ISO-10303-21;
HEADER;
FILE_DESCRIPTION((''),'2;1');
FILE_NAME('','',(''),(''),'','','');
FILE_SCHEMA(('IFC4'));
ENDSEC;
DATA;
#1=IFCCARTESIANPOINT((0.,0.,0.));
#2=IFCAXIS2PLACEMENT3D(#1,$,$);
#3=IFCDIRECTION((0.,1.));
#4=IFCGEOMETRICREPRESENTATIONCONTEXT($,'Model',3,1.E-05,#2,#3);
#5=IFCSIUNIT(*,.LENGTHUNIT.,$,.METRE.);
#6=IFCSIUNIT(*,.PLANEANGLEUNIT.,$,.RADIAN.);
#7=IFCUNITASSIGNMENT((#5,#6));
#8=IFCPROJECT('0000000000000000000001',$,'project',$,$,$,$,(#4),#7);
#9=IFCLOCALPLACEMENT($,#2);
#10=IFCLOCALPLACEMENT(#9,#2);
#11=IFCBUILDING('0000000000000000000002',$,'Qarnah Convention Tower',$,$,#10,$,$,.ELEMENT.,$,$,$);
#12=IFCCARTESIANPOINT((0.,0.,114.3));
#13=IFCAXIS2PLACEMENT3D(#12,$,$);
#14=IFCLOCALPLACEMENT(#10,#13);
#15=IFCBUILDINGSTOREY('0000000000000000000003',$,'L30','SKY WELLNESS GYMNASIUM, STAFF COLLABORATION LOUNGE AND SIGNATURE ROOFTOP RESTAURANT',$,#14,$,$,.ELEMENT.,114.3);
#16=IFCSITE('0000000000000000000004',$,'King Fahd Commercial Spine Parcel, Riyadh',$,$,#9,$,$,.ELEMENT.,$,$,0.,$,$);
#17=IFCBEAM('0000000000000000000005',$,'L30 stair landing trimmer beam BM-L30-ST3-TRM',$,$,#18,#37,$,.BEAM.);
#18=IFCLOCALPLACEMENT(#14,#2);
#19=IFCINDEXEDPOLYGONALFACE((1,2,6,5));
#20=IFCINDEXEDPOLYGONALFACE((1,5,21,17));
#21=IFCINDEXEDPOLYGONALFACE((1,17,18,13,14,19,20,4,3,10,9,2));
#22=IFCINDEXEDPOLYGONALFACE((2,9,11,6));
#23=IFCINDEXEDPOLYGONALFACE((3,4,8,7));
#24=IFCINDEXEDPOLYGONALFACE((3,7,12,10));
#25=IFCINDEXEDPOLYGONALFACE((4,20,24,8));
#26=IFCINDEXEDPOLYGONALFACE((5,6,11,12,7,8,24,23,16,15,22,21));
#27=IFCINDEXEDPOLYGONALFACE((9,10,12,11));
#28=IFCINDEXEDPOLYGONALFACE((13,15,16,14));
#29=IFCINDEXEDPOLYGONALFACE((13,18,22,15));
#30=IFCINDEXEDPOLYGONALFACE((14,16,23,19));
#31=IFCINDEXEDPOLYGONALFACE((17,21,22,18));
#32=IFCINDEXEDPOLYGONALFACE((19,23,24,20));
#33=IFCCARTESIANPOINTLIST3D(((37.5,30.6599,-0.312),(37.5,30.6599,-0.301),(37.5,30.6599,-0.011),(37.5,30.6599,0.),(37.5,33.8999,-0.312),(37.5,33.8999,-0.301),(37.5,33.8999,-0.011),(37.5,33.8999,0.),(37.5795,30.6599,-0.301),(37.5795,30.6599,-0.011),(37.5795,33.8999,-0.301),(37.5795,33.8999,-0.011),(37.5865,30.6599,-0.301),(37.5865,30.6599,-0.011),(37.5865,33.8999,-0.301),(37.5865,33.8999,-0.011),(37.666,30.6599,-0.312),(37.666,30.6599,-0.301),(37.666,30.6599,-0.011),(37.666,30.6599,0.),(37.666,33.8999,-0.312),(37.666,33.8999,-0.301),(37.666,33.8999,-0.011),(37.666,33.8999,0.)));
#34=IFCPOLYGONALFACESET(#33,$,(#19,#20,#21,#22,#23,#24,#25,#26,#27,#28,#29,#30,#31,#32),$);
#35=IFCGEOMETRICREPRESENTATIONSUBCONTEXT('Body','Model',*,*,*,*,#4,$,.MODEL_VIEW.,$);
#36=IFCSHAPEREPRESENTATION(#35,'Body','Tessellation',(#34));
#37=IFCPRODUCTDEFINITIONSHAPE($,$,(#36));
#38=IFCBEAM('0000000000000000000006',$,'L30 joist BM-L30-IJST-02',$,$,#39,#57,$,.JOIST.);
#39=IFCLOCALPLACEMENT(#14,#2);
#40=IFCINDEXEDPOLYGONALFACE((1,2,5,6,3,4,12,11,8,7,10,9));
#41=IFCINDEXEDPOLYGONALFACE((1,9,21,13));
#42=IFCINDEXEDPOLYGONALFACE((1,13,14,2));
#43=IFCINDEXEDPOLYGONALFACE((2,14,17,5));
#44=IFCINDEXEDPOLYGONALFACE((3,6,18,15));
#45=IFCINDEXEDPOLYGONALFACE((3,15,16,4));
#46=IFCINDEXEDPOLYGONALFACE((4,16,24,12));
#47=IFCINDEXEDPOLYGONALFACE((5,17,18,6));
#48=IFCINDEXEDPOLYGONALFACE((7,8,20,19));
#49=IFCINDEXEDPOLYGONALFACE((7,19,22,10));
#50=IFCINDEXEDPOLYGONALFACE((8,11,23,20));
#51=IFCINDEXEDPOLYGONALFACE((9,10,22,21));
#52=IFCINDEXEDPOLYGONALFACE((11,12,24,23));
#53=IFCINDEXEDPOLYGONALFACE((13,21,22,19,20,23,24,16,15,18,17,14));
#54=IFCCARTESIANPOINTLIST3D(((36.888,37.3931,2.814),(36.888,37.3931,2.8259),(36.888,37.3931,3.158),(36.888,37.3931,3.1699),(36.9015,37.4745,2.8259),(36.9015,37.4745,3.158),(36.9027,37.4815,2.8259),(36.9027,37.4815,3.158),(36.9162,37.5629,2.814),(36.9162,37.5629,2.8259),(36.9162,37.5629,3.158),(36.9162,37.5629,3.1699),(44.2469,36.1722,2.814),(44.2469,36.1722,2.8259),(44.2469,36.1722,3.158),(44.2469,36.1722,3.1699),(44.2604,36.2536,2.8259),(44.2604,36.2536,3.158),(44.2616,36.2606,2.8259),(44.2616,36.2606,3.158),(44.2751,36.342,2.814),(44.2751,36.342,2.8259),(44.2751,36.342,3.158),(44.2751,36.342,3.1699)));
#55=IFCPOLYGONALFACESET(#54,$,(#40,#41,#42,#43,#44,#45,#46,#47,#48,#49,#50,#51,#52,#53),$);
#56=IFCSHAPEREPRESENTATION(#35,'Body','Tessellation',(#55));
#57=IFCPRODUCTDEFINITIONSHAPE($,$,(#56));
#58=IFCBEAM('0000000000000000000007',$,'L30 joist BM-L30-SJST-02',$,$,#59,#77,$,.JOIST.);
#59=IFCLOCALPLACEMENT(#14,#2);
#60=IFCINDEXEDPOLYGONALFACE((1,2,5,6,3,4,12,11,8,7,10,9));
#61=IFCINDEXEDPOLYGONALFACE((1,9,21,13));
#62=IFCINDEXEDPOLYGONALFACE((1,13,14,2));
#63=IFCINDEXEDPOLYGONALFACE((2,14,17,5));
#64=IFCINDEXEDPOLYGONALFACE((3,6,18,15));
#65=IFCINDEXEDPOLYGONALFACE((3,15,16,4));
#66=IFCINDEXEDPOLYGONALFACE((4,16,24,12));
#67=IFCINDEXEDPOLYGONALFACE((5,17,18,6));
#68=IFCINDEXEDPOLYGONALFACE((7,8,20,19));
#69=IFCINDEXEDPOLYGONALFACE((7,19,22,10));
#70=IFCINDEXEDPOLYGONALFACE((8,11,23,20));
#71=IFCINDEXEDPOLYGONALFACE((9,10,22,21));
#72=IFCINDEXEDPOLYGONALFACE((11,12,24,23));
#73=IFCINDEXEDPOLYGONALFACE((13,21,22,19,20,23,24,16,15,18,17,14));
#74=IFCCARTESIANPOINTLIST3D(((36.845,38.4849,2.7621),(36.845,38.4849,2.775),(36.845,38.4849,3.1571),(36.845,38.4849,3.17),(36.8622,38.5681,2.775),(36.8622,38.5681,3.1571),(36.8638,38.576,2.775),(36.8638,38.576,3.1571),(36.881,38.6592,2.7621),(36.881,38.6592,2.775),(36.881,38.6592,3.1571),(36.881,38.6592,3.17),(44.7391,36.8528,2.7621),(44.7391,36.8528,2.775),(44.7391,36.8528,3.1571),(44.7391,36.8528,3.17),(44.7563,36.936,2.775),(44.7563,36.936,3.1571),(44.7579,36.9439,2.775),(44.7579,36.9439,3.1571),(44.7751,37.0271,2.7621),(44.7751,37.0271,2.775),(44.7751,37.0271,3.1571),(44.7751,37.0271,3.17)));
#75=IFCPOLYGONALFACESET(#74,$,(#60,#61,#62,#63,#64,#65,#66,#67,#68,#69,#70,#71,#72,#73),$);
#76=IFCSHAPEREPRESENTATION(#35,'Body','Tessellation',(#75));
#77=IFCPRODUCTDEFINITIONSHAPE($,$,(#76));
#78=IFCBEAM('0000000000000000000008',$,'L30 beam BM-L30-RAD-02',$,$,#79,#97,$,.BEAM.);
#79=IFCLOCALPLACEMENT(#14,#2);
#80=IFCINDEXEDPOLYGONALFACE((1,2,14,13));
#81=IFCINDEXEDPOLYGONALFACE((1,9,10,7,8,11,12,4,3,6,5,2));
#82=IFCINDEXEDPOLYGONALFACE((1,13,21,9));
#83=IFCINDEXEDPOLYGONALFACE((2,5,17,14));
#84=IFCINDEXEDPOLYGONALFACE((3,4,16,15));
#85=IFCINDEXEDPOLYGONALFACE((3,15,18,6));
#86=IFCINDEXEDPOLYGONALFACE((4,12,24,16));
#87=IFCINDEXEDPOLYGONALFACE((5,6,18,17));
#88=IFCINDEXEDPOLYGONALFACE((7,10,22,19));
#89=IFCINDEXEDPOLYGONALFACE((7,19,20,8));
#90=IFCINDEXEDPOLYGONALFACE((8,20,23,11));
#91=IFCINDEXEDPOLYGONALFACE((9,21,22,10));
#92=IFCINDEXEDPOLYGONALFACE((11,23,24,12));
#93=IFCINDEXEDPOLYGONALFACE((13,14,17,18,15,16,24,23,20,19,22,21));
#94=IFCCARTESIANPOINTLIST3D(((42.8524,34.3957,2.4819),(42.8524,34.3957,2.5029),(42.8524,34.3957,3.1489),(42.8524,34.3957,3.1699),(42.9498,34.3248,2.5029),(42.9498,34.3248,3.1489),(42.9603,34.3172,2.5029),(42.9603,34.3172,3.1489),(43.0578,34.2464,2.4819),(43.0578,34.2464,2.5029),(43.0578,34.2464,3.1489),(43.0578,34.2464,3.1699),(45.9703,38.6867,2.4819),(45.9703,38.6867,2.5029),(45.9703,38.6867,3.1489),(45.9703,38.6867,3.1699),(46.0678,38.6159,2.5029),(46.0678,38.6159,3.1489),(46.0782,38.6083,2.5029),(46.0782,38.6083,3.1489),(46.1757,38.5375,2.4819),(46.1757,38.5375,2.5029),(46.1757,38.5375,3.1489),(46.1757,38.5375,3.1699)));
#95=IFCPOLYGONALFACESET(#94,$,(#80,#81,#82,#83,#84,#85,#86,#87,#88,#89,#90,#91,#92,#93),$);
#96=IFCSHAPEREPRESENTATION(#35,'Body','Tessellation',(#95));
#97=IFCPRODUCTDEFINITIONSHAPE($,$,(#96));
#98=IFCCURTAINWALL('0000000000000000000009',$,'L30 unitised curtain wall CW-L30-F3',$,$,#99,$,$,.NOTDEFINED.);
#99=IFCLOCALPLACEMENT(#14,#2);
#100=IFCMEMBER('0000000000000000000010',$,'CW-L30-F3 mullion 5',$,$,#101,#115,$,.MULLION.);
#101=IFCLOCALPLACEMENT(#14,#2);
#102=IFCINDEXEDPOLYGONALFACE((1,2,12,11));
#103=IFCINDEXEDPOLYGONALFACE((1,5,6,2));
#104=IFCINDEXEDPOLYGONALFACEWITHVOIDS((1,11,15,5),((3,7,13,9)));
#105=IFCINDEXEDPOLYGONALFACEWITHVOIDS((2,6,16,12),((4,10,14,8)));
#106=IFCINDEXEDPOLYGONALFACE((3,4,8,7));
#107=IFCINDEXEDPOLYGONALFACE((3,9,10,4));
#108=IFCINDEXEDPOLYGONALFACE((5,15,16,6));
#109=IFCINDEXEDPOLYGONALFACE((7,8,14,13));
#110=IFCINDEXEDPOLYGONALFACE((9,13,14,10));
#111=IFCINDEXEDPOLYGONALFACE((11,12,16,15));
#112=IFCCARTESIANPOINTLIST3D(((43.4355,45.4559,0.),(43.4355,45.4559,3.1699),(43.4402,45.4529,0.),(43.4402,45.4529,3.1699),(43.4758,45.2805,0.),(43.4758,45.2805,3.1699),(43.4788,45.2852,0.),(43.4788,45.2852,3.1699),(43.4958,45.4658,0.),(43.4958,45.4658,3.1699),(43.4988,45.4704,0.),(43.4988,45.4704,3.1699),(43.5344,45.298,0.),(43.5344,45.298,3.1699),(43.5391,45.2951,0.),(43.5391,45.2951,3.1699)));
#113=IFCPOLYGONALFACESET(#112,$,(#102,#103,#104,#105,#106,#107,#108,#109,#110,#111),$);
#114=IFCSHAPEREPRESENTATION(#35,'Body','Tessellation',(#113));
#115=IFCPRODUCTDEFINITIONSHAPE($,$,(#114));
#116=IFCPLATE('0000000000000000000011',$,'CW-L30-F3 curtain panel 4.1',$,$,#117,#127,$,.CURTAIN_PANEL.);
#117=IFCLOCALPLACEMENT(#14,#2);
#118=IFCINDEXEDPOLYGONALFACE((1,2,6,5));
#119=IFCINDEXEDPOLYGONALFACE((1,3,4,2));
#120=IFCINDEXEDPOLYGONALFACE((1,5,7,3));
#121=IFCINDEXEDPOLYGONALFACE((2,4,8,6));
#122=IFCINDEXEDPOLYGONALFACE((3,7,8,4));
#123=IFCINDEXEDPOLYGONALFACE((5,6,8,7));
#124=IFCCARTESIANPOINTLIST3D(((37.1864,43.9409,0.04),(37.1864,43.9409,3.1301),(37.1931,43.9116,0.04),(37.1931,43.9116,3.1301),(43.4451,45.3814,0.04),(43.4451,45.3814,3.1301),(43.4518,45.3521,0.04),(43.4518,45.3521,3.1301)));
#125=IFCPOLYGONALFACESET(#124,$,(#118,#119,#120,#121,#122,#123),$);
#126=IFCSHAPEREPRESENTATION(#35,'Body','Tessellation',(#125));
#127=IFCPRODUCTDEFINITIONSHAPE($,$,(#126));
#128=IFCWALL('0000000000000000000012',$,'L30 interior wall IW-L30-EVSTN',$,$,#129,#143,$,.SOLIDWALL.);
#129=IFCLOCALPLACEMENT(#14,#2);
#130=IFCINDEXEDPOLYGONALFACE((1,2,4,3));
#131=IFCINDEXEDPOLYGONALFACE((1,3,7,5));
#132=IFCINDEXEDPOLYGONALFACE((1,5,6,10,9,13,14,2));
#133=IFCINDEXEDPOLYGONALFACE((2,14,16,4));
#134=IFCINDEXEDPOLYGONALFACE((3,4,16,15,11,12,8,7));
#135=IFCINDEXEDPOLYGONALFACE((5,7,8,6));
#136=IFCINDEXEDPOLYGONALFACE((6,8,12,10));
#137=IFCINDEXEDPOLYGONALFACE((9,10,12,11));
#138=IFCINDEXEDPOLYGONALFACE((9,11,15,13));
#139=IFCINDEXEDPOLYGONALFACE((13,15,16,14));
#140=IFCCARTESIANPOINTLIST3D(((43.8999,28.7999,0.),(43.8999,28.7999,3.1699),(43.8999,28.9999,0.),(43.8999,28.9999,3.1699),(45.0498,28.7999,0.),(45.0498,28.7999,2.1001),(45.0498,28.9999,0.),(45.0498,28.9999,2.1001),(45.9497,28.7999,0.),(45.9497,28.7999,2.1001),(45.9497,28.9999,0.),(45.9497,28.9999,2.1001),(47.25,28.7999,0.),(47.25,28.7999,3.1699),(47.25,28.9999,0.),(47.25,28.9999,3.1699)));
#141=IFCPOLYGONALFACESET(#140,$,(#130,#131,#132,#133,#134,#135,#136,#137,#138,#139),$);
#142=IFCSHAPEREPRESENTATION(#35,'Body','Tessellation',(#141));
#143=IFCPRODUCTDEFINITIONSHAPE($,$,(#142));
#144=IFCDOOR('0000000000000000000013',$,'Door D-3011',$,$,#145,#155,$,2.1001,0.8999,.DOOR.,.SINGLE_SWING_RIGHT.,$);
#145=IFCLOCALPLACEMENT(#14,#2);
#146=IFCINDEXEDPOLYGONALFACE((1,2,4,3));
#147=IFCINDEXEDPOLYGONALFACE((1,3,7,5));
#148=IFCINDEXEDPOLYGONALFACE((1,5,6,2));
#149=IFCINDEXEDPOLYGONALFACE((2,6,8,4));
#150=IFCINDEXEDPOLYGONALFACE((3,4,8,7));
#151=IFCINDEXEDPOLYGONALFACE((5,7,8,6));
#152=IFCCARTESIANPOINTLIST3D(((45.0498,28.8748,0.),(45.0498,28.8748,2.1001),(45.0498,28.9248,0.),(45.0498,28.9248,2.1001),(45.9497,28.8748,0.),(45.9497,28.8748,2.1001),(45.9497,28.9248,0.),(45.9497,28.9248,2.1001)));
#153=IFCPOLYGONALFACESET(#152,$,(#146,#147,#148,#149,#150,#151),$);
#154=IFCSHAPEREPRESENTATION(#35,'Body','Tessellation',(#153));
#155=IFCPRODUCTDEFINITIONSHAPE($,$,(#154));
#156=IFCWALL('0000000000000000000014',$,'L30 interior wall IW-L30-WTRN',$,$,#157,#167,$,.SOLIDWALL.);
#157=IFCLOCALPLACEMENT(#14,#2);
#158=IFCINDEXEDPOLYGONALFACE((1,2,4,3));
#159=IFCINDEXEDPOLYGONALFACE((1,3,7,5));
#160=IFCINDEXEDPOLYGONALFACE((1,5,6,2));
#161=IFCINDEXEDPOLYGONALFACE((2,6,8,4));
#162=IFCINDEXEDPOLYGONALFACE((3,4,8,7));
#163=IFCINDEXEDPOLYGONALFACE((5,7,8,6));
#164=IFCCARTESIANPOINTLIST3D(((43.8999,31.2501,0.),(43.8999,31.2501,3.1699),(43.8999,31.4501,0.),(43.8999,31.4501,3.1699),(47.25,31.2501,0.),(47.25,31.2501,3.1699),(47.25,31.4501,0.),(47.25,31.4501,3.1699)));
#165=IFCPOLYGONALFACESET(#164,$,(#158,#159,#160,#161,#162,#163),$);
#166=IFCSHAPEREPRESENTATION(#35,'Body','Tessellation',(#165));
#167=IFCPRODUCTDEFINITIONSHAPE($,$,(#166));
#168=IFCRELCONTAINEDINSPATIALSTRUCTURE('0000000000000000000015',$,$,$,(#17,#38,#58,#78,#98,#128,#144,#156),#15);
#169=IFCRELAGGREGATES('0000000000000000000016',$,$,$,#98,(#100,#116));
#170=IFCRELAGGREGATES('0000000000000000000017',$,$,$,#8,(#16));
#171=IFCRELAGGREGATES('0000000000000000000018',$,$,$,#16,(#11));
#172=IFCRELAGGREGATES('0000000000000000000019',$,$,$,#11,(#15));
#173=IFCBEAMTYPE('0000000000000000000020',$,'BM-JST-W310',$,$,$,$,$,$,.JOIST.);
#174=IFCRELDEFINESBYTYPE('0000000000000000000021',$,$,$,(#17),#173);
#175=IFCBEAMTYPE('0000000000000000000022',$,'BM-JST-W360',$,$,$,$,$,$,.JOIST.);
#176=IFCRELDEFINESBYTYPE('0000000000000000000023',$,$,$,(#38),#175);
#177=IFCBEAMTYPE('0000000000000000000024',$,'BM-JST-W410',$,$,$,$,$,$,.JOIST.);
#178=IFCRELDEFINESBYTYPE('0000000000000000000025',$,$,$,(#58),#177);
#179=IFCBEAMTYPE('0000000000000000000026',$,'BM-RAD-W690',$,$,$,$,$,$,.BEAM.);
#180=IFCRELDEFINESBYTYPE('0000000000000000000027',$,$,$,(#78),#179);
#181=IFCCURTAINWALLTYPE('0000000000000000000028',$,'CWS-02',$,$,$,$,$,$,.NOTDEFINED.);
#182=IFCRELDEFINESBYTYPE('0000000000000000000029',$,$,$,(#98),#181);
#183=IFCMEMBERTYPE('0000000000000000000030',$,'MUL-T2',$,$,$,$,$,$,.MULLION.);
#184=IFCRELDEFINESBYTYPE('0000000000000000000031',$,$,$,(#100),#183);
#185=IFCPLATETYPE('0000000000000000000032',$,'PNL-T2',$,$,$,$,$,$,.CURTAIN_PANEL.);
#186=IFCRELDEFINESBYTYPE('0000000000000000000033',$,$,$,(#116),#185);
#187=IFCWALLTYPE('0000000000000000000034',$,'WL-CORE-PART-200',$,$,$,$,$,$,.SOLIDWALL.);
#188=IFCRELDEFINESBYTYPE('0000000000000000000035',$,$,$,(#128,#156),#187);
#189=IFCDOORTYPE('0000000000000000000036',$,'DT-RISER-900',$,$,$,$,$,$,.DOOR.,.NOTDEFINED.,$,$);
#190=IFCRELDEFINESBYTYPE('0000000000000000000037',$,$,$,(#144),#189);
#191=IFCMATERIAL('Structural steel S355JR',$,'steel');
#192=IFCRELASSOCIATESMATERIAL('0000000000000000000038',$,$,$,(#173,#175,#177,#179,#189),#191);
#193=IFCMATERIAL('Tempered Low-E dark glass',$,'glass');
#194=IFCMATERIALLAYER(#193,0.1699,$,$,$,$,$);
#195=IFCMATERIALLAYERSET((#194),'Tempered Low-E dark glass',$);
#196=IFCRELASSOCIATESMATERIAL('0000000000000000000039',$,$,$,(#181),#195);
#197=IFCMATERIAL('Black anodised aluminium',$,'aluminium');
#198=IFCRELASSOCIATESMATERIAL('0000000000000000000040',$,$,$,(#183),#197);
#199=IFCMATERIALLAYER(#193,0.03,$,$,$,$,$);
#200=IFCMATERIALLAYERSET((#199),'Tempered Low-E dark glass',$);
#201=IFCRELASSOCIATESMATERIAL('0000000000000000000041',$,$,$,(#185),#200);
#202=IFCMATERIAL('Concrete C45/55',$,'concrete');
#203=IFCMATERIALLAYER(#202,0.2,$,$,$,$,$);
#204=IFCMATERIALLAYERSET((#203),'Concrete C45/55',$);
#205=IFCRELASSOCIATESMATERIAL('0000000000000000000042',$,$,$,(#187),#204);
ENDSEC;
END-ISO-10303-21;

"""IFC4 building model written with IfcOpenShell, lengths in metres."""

from ifc_helpers import new_model, si_unit, direction, frame, frame_2d, origin, origin_2d, place, context, subcontext, project, spatial, rectangle, hollow_rectangle, i_section, extrude, material, layer, layer_set, material_profile, profile_set, type_object, element, fill, aggregate, save


model = new_model("IFC4")

# Units and contexts
model_context = context("Model", 3, precision=1e-05, world=origin(), true_north=direction((0.0, 1.0)))
body_context = subcontext(model_context, "Body", "Model", "MODEL_VIEW")
ifc_project = project(units=[si_unit("LENGTHUNIT", "METRE"), si_unit("PLANEANGLEUNIT", "RADIAN")], contexts=[model_context])

# Site, building, storey
site_placement = place(None, origin())
site = spatial("IfcSite", under=ifc_project, at=site_placement, Name="King Fahd Commercial Spine Parcel, Riyadh", CompositionType="ELEMENT", RefElevation=0.0)
building_placement = place(site_placement, origin())
building = spatial("IfcBuilding", under=site, at=building_placement, Name="Qarnah Convention Tower", CompositionType="ELEMENT")
storey_placement = place(building_placement, frame((0.0, 0.0, 114.3)))
storey = spatial("IfcBuildingStorey", under=building, at=storey_placement, Name="L30", Description="SKY WELLNESS GYMNASIUM, STAFF COLLABORATION LOUNGE AND SIGNATURE ROOFTOP RESTAURANT", CompositionType="ELEMENT", Elevation=114.3)

# Beams
ifc_material_1 = material(Name="Structural steel S355JR", Category="steel")
ifc_material_profile_1 = material_profile(ifc_material_1, i_section(OverallWidth=0.166, OverallDepth=0.312, WebThickness=0.0071, FlangeThickness=0.011, at=origin_2d()), Name="W310X45")
ifc_profile_set_1 = profile_set([ifc_material_profile_1], Name="Structural steel S355JR")
beam_type_1 = type_object("IfcBeamType", Name="BM-JST-W310", PredefinedType="JOIST", material=ifc_profile_set_1)
beam_1_placement = place(storey_placement, frame((37.583, 30.6599, -0.156), z_axis=(0.0, 1.0, 0.0), x_axis=(-1.0, 0.0, 0.0)))
element("IfcBeam", 1, at=beam_1_placement, inside=storey, type_object=beam_type_1, Name="L30 stair landing trimmer beam BM-L30-ST3-TRM", PredefinedType="BEAM", context=body_context, shape_type="SweptSolid", body=[
    extrude(i_section(OverallWidth=0.166, OverallDepth=0.312, WebThickness=0.0071, FlangeThickness=0.011, at=origin_2d()), origin(), (0.0, 0.0, 1.0), 3.24),
])
ifc_material_profile_2 = material_profile(ifc_material_1, i_section(OverallWidth=0.1721, OverallDepth=0.356, WebThickness=0.0071, FlangeThickness=0.012, at=origin_2d()), Name="W360X51")
ifc_profile_set_2 = profile_set([ifc_material_profile_2], Name="Structural steel S355JR")
beam_type_2 = type_object("IfcBeamType", Name="BM-JST-W360", PredefinedType="JOIST", material=ifc_profile_set_2)
beam_2_placement = place(storey_placement, frame((44.261, 36.2571, 2.9919), z_axis=(-0.986514, 0.163677, 0.0), x_axis=(-0.163677, -0.986514, 0.0)))
element("IfcBeam", 2, at=beam_2_placement, inside=storey, type_object=beam_type_2, Name="L30 joist BM-L30-IJST-02", PredefinedType="JOIST", context=body_context, shape_type="SweptSolid", body=[
    extrude(i_section(OverallWidth=0.1721, OverallDepth=0.356, WebThickness=0.0071, FlangeThickness=0.012, at=origin_2d()), origin(), (0.0, 0.0, 1.0), 7.4595),
])
ifc_material_profile_3 = material_profile(ifc_material_1, i_section(OverallWidth=0.178, OverallDepth=0.408, WebThickness=0.0081, FlangeThickness=0.0129, at=origin_2d()), Name="W410X60")
ifc_profile_set_3 = profile_set([ifc_material_profile_3], Name="Structural steel S355JR")
beam_type_3 = type_object("IfcBeamType", Name="BM-JST-W410", PredefinedType="JOIST", material=ifc_profile_set_3)
beam_3_placement = place(storey_placement, frame((44.7571, 36.9399, 2.9661), z_axis=(-0.979289, 0.202466, 0.0), x_axis=(-0.202466, -0.979289, 0.0)))
element("IfcBeam", 3, at=beam_3_placement, inside=storey, type_object=beam_type_3, Name="L30 joist BM-L30-SJST-02", PredefinedType="JOIST", context=body_context, shape_type="SweptSolid", body=[
    extrude(i_section(OverallWidth=0.178, OverallDepth=0.408, WebThickness=0.0081, FlangeThickness=0.0129, at=origin_2d()), origin(), (0.0, 0.0, 1.0), 8.061),
])
ifc_material_profile_4 = material_profile(ifc_material_1, i_section(OverallWidth=0.2539, OverallDepth=0.688, WebThickness=0.0129, FlangeThickness=0.021, at=origin_2d()), Name="W690X152")
ifc_profile_set_4 = profile_set([ifc_material_profile_4], Name="Structural steel S355JR")
beam_type_4 = type_object("IfcBeamType", Name="BM-RAD-W690", PredefinedType="BEAM", material=ifc_profile_set_4)
beam_4_placement = place(storey_placement, frame((42.9551, 34.321, 2.8259), z_axis=(0.587824, 0.808989, 0.0), x_axis=(-0.808989, 0.587824, 0.0)))
element("IfcBeam", 4, at=beam_4_placement, inside=storey, type_object=beam_type_4, Name="L30 beam BM-L30-RAD-02", PredefinedType="BEAM", context=body_context, shape_type="SweptSolid", body=[
    extrude(i_section(OverallWidth=0.2539, OverallDepth=0.688, WebThickness=0.0129, FlangeThickness=0.021, at=origin_2d()), origin(), (0.0, 0.0, 1.0), 5.3042),
])

# Curtain wall, member, plate
ifc_material_2 = material(Name="Tempered Low-E dark glass", Category="glass")
ifc_layer_1 = layer(ifc_material_2, 0.1699)
ifc_layer_set_1 = layer_set([ifc_layer_1], Name="Tempered Low-E dark glass")
curtain_wall_type = type_object("IfcCurtainWallType", Name="CWS-02", PredefinedType="NOTDEFINED", material=ifc_layer_set_1)
curtain_wall_placement = place(storey_placement, origin())
curtain_wall = element("IfcCurtainWall", 5, at=curtain_wall_placement, inside=storey, type_object=curtain_wall_type, Name="L30 unitised curtain wall CW-L30-F3", PredefinedType="NOTDEFINED")
ifc_material_3 = material(Name="Black anodised aluminium", Category="aluminium")
ifc_material_profile_5 = material_profile(ifc_material_3, hollow_rectangle(XDim=0.0649, YDim=0.1799, WallThickness=0.0039, at=origin_2d()), Name="MUL-65X180")
ifc_profile_set_5 = profile_set([ifc_material_profile_5], Name="Black anodised aluminium")
member_type = type_object("IfcMemberType", Name="MUL-T2", PredefinedType="MULLION", material=ifc_profile_set_5)
member_placement = place(storey_placement, frame((43.4873, 45.3755, 0.0), z_axis=(0.0, 0.0, 1.0), x_axis=(0.974522, 0.224291, 0.0)))
member = element("IfcMember", 6, at=member_placement, type_object=member_type, Name="CW-L30-F3 mullion 5", PredefinedType="MULLION", context=body_context, shape_type="SweptSolid", body=[
    extrude(hollow_rectangle(XDim=0.0649, YDim=0.1799, WallThickness=0.0039, at=origin_2d()), origin(), (0.0, 0.0, 1.0), 3.1699),
])
ifc_layer_2 = layer(ifc_material_2, 0.03)
ifc_layer_set_2 = layer_set([ifc_layer_2], Name="Tempered Low-E dark glass")
plate_type = type_object("IfcPlateType", Name="PNL-T2", PredefinedType="CURTAIN_PANEL", material=ifc_layer_set_2)
plate_placement = place(storey_placement, frame((40.3191, 44.6465, 0.04), z_axis=(0.0, 0.0, 1.0), x_axis=(0.974522, 0.224291, 0.0)))
plate = element("IfcPlate", 7, at=plate_placement, type_object=plate_type, Name="CW-L30-F3 curtain panel 4.1", PredefinedType="CURTAIN_PANEL", context=body_context, shape_type="SweptSolid", body=[
    extrude(rectangle(XDim=6.4224, YDim=0.03, at=origin_2d()), origin(), (0.0, 0.0, 1.0), 3.0901),
])
aggregate(curtain_wall, [member, plate])

# Wall, opening, door
ifc_material_4 = material(Name="Concrete C45/55", Category="concrete")
ifc_layer_3 = layer(ifc_material_4, 0.2)
ifc_layer_set_3 = layer_set([ifc_layer_3], Name="Concrete C45/55")
wall_type_1 = type_object("IfcWallType", Name="WL-CORE-PART-200", PredefinedType="SOLIDWALL", material=ifc_layer_set_3)
wall_1_placement = place(storey_placement, frame((43.8999, 28.8999, 0.0), z_axis=(0.0, 0.0, 1.0), x_axis=(1.0, 0.0, 0.0)))
wall_1 = element("IfcWall", 8, at=wall_1_placement, inside=storey, type_object=wall_type_1, Name="L30 interior wall IW-L30-EVSTN", PredefinedType="SOLIDWALL", context=body_context, shape_type="SweptSolid", body=[
    extrude(rectangle(XDim=3.3501, YDim=0.2, at=frame_2d((1.675, 0.0))), origin(), (0.0, 0.0, 1.0), 3.1699),
])
opening_1_placement = place(wall_1_placement, frame((1.1499, 0.0, 0.0)))
opening_1 = element("IfcOpeningElement", 9, at=opening_1_placement, cuts=wall_1, PredefinedType="OPENING", context=body_context, shape_type="SweptSolid", body=[
    extrude(rectangle(XDim=0.8999, YDim=2.1001, at=frame_2d((0.45, 1.05))), frame((0.0, 0.1099, 0.0), z_axis=(0.0, -1.0, 0.0), x_axis=(1.0, 0.0, 0.0)), (0.0, 0.0, 1.0), 0.22),
])
door_type_1 = type_object("IfcDoorType", Name="DT-RISER-900", OperationType="NOTDEFINED", PredefinedType="DOOR", material=ifc_material_1)
door_1_placement = place(opening_1_placement, origin())
door_1 = element("IfcDoor", 10, at=door_1_placement, inside=storey, type_object=door_type_1, Name="Door D-3011", OperationType="SINGLE_SWING_RIGHT", OverallHeight=2.1001, OverallWidth=0.8999, PredefinedType="DOOR", context=body_context, shape_type="SweptSolid", body=[
    extrude(rectangle(XDim=0.8999, YDim=2.1001, at=frame_2d((0.45, 1.05))), frame((0.0, 0.0249, 0.0), z_axis=(0.0, -1.0, 0.0), x_axis=(1.0, 0.0, 0.0)), (0.0, 0.0, 1.0), 0.05),
])
fill(opening_1, door_1)

# Wall
wall_2_placement = place(storey_placement, frame((43.8999, 31.3501, 0.0), z_axis=(0.0, 0.0, 1.0), x_axis=(1.0, 0.0, 0.0)))
element("IfcWall", 11, at=wall_2_placement, inside=storey, type_object=wall_type_1, Name="L30 interior wall IW-L30-WTRN", PredefinedType="SOLIDWALL", context=body_context, shape_type="SweptSolid", body=[
    extrude(rectangle(XDim=3.3501, YDim=0.2, at=frame_2d((1.675, 0.0))), origin(), (0.0, 0.0, 1.0), 3.1699),
])

save(model, "model.ifc")
